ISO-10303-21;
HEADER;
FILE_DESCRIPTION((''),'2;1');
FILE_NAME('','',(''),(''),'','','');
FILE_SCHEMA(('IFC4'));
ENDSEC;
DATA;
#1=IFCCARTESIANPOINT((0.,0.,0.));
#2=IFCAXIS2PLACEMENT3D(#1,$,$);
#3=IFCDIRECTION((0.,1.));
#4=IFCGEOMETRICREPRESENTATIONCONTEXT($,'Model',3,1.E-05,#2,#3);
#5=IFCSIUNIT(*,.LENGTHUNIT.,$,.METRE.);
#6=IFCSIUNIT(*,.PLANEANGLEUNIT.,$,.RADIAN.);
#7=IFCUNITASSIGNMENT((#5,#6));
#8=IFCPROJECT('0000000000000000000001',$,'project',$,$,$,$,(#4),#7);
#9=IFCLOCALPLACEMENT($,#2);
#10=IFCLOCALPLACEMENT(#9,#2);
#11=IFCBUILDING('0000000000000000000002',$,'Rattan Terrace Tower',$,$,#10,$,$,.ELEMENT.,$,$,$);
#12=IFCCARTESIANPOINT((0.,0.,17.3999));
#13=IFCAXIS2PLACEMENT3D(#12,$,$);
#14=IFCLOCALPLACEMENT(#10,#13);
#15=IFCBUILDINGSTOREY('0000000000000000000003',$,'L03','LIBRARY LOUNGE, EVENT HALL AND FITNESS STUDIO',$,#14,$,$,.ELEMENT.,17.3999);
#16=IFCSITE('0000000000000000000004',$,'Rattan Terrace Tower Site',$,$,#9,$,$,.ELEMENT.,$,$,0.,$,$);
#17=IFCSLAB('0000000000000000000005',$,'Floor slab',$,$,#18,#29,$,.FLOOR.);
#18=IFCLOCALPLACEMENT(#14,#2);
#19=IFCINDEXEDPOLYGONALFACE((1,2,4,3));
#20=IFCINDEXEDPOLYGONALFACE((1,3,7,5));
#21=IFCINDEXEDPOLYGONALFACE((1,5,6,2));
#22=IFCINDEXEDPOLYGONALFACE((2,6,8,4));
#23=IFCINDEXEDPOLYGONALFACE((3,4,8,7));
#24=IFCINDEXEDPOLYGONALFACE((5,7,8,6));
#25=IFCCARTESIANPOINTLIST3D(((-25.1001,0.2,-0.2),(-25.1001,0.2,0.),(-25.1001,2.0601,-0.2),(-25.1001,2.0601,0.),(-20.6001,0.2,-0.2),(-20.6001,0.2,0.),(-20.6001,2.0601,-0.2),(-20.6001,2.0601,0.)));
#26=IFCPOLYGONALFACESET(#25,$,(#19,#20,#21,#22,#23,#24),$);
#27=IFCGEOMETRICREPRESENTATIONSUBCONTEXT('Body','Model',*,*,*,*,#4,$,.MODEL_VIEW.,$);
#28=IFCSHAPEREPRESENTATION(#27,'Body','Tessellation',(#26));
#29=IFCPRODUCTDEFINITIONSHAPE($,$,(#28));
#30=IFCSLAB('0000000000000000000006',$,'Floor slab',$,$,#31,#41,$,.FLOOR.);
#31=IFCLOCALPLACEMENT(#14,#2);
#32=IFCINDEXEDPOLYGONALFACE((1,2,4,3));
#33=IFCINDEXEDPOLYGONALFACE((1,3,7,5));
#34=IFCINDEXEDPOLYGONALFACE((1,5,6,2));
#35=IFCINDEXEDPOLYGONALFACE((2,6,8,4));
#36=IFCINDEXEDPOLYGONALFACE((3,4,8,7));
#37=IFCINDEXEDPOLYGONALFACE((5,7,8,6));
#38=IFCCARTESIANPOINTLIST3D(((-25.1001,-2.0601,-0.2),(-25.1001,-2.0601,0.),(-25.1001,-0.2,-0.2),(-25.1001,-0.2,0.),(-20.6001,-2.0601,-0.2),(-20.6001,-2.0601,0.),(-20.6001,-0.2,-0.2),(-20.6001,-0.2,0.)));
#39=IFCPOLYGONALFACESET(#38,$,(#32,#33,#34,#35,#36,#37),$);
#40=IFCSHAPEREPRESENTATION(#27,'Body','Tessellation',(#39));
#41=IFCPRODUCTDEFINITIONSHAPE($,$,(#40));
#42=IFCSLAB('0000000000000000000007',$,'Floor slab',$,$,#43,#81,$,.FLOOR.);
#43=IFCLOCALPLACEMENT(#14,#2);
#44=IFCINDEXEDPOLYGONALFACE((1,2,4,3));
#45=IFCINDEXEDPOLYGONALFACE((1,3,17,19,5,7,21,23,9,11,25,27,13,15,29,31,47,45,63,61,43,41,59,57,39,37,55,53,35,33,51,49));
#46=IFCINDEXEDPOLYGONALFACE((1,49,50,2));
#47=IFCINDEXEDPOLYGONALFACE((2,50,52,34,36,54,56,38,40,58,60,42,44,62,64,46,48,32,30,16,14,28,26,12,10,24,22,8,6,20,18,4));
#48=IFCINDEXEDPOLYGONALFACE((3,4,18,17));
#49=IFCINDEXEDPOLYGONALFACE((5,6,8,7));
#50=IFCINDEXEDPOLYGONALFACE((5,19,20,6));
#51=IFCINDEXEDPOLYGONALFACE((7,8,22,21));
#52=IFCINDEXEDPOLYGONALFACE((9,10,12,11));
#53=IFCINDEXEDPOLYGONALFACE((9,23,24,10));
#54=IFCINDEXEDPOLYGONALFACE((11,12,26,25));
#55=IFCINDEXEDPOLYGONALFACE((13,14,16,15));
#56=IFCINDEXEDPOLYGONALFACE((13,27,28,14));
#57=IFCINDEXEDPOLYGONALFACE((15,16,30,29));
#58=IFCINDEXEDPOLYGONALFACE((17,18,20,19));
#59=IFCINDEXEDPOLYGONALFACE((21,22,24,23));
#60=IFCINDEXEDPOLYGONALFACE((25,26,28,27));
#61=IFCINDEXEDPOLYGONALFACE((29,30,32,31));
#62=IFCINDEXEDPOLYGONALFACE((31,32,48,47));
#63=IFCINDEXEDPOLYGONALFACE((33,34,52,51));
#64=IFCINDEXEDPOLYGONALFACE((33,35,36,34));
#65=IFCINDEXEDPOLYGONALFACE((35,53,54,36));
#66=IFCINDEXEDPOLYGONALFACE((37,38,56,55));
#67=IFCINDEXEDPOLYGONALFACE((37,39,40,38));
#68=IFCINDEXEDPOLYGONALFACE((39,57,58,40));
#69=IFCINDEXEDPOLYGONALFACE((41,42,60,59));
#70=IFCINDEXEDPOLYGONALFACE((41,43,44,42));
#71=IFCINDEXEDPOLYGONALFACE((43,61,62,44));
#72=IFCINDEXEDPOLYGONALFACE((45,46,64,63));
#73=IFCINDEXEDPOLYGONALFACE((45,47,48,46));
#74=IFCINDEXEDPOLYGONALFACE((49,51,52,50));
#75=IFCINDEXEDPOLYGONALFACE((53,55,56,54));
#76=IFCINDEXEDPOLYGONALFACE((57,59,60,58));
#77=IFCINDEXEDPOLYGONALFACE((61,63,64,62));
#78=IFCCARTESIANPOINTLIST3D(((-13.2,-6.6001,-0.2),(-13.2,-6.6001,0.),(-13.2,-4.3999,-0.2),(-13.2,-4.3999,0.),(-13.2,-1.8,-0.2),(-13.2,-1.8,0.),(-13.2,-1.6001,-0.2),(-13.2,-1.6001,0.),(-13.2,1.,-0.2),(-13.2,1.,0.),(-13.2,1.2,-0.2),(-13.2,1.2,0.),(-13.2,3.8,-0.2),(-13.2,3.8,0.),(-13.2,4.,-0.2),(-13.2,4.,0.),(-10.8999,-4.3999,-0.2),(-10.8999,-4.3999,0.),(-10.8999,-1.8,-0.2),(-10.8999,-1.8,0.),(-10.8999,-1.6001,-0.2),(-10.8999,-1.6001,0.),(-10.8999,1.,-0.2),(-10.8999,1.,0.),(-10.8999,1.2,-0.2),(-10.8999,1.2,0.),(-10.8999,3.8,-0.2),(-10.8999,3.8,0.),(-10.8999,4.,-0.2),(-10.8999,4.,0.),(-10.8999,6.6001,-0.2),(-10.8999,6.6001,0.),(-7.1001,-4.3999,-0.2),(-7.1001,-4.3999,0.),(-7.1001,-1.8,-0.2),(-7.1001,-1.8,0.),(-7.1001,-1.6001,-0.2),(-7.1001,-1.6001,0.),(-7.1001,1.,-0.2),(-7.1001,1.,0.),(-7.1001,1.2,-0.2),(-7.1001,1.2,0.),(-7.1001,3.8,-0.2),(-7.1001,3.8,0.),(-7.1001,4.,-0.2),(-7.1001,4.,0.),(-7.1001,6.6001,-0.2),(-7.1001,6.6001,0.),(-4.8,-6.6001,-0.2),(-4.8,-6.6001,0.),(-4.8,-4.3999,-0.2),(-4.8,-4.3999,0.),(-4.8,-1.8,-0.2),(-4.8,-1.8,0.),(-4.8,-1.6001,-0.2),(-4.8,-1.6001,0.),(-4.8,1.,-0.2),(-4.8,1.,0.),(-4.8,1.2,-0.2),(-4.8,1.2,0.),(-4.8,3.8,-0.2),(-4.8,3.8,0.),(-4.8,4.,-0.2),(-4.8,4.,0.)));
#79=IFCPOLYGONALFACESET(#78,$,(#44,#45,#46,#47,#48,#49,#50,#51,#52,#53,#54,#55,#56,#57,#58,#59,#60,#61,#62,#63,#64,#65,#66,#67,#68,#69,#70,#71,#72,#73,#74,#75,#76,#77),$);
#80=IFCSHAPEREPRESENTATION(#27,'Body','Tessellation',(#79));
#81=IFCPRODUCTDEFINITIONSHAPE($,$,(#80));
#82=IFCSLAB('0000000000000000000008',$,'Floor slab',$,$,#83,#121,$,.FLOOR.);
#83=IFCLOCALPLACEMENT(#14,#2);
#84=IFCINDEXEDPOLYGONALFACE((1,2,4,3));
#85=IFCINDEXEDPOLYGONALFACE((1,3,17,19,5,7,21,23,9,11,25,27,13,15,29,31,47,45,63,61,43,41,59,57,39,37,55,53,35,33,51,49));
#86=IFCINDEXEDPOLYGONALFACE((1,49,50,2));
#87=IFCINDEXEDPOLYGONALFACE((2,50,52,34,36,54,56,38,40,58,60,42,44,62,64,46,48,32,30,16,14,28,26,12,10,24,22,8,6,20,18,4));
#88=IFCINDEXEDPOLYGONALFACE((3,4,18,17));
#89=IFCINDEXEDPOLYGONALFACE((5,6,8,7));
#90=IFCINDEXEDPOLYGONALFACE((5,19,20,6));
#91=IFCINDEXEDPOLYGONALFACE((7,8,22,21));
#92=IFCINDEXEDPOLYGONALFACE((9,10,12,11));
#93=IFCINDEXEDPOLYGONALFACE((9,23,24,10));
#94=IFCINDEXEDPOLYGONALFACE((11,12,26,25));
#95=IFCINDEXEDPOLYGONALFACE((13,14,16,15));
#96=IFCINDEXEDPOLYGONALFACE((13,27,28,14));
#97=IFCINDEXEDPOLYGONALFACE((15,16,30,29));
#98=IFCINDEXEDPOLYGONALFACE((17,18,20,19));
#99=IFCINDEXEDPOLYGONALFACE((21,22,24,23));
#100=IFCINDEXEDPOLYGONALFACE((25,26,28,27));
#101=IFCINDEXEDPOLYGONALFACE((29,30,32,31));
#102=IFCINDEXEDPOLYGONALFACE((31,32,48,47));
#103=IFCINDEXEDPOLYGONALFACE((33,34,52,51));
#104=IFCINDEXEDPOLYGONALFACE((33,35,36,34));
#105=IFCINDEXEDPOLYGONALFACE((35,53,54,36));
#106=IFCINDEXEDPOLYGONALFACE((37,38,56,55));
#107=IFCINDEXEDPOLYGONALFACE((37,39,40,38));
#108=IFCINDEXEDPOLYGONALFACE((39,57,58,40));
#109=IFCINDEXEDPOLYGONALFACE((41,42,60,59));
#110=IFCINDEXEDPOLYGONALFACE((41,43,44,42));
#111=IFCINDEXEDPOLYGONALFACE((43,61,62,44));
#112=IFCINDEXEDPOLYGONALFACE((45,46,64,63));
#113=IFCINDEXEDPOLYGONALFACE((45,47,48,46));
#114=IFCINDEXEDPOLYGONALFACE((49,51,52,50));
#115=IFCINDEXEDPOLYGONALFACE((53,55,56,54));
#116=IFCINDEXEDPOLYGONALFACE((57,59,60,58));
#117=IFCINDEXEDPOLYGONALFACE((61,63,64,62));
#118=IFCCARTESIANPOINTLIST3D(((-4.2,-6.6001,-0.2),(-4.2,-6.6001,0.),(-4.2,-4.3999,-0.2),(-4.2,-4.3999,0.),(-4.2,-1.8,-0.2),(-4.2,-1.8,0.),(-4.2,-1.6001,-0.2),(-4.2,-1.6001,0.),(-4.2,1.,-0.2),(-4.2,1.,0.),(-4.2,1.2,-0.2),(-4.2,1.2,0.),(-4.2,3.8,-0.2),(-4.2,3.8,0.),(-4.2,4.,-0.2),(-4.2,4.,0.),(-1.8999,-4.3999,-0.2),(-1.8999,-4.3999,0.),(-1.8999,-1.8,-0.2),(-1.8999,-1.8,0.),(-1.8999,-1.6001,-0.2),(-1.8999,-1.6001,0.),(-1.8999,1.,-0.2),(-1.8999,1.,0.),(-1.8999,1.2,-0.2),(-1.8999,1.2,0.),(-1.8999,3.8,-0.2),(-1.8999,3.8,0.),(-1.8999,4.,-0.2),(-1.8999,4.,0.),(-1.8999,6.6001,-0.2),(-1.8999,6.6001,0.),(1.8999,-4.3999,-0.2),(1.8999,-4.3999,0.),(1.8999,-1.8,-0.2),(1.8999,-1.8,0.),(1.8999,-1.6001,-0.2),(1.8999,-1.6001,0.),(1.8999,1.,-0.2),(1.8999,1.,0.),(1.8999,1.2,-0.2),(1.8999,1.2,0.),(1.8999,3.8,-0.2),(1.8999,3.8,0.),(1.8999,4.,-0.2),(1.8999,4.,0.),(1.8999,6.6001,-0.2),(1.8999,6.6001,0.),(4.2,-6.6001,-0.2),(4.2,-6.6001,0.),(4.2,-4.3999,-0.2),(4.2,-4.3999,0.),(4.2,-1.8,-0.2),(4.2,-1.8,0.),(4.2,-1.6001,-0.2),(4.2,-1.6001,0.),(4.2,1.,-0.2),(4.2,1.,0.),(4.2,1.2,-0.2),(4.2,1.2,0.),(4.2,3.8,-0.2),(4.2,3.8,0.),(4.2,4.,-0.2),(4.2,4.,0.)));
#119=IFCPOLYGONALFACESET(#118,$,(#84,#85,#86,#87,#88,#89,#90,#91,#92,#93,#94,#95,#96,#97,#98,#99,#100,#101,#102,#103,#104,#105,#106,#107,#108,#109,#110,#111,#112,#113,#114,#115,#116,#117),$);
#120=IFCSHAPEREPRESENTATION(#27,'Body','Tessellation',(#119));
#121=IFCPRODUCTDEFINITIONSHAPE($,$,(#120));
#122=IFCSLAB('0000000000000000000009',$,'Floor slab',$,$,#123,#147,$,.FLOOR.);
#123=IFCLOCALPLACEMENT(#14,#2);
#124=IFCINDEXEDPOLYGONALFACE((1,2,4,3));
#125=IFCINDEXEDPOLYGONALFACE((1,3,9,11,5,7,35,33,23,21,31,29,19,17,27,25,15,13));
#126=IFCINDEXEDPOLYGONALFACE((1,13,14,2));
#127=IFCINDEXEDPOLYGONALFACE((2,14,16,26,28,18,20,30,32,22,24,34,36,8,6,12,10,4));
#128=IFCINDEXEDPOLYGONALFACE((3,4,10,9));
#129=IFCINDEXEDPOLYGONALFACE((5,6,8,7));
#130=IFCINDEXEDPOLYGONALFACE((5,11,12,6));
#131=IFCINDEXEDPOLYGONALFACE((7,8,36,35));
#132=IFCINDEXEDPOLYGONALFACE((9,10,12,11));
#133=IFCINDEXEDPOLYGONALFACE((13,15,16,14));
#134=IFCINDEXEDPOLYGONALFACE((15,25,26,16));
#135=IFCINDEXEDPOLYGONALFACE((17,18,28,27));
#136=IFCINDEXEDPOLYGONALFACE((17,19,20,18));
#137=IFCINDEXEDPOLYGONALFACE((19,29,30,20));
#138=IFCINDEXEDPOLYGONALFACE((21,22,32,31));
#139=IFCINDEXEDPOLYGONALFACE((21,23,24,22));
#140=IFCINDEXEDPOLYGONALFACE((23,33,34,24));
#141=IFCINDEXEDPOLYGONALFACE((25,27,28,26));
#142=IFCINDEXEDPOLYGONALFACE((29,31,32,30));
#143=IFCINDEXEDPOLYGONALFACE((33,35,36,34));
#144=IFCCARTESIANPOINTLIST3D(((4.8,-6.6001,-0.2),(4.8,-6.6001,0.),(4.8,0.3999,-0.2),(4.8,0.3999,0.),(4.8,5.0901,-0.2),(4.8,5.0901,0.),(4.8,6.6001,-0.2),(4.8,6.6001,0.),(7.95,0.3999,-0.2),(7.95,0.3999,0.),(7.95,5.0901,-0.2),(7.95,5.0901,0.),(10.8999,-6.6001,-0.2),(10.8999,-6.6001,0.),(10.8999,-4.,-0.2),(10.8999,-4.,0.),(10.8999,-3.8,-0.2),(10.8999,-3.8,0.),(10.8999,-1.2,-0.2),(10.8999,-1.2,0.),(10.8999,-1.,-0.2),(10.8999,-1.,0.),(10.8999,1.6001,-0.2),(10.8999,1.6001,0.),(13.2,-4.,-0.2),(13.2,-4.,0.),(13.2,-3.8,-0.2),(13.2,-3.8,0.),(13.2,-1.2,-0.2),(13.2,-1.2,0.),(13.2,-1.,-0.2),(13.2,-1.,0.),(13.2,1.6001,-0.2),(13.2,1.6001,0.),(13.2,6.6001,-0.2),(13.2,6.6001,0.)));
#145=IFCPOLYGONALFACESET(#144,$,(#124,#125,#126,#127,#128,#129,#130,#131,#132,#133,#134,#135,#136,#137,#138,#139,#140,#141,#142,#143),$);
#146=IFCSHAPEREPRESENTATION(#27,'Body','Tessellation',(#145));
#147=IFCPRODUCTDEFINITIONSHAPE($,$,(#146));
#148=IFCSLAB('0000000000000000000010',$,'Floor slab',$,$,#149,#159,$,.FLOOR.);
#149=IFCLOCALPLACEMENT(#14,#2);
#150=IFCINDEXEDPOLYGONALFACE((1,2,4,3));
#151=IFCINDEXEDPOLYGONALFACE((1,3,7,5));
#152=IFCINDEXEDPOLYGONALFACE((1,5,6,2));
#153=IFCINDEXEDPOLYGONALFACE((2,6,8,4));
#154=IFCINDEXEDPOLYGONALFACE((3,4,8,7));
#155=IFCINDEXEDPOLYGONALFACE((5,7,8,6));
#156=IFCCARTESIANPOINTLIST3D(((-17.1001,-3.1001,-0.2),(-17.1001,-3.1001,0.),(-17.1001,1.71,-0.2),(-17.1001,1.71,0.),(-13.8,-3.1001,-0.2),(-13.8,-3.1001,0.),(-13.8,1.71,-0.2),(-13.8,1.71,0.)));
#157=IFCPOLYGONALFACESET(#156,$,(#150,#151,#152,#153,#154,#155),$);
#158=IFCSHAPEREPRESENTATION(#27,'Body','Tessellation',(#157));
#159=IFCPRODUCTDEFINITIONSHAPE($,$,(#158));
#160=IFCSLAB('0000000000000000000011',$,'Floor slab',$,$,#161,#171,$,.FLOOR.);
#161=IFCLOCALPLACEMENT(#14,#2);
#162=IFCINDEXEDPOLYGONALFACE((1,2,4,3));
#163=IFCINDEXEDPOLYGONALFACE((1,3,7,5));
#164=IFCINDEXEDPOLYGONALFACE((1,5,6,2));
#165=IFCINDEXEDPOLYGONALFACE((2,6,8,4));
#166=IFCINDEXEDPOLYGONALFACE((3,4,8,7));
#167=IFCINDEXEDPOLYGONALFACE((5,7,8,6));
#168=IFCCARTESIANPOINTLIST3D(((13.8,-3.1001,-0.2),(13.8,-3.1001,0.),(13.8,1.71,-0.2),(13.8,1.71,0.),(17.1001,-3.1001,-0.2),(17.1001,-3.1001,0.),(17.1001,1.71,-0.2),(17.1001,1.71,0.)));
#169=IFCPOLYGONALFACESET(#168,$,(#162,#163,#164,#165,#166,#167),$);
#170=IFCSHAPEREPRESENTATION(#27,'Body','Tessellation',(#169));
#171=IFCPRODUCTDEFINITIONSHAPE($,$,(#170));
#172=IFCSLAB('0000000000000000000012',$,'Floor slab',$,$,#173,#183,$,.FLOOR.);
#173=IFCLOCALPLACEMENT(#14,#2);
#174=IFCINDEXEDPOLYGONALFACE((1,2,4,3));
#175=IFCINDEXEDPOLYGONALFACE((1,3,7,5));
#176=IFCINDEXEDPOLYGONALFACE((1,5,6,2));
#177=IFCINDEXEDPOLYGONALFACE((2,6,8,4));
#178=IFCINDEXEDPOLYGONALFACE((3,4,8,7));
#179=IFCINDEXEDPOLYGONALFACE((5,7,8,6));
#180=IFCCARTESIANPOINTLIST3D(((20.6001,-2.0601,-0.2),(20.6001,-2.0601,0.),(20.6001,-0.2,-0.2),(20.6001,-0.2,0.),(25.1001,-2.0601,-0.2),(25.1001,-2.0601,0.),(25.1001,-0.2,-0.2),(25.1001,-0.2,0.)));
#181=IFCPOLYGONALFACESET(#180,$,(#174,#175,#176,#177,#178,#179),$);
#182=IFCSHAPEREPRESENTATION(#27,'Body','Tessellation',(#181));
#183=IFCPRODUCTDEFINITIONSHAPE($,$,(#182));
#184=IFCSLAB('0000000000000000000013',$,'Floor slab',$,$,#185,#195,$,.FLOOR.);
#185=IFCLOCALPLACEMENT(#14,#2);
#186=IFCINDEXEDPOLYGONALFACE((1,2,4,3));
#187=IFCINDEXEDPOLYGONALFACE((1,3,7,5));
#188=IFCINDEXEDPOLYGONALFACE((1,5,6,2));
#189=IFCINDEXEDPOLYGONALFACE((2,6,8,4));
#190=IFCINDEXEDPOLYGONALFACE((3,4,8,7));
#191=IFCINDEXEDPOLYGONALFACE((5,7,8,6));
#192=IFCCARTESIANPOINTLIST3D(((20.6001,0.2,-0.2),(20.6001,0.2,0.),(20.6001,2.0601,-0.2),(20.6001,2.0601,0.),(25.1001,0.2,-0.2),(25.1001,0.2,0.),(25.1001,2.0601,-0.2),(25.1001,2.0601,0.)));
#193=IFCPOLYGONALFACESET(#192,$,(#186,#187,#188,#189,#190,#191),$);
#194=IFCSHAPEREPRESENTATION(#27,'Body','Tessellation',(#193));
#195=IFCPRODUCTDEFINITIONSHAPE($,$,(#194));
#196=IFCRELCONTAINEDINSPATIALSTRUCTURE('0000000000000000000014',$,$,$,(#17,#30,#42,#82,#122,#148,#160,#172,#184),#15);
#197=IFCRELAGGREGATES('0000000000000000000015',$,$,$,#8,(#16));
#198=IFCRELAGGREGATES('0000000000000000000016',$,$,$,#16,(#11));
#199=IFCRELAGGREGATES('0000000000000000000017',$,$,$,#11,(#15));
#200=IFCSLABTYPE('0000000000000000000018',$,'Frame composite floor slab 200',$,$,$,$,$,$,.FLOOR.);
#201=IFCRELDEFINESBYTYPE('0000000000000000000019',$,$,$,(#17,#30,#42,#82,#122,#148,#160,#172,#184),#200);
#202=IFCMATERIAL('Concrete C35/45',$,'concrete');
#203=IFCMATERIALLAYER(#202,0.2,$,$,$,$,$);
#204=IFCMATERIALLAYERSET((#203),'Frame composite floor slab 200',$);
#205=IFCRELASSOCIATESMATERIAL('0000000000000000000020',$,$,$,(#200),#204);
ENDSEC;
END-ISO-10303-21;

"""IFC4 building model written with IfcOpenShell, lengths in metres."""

from ifc_helpers import new_model, si_unit, direction, frame, origin, place, context, subcontext, project, spatial, polyline, outline, extrude, material, layer, layer_set, type_object, element, save


model = new_model("IFC4")

# Units and contexts
model_context = context("Model", 3, precision=1e-05, world=origin(), true_north=direction((0.0, 1.0)))
body_context = subcontext(model_context, "Body", "Model", "MODEL_VIEW")
ifc_project = project(units=[si_unit("LENGTHUNIT", "METRE"), si_unit("PLANEANGLEUNIT", "RADIAN")], contexts=[model_context])

# Site, building, storey
site_placement = place(None, origin())
site = spatial("IfcSite", under=ifc_project, at=site_placement, Name="Rattan Terrace Tower Site", CompositionType="ELEMENT", RefElevation=0.0)
building_placement = place(site_placement, origin())
building = spatial("IfcBuilding", under=site, at=building_placement, Name="Rattan Terrace Tower", CompositionType="ELEMENT")
storey_placement = place(building_placement, frame((0.0, 0.0, 17.3999)))
storey = spatial("IfcBuildingStorey", under=building, at=storey_placement, Name="L03", Description="LIBRARY LOUNGE, EVENT HALL AND FITNESS STUDIO", CompositionType="ELEMENT", Elevation=17.3999)

# Slabs
ifc_material_1 = material(Name="Concrete C35/45", Category="concrete")
ifc_layer_1 = layer(ifc_material_1, 0.2)
ifc_layer_set_1 = layer_set([ifc_layer_1], Name="Frame composite floor slab 200")
slab_type_1 = type_object("IfcSlabType", Name="Frame composite floor slab 200", PredefinedType="FLOOR", material=ifc_layer_set_1)
slab_1_placement = place(storey_placement, frame((0.0, 0.0, -0.2)))
element("IfcSlab", 1, at=slab_1_placement, inside=storey, type_object=slab_type_1, Name="Floor slab", PredefinedType="FLOOR", context=body_context, shape_type="SweptSolid", body=[
    extrude(outline(polyline([(-20.6001, 0.2), (-20.6001, 2.0601), (-25.1001, 2.0601), (-25.1001, 0.2), (-20.6001, 0.2)])), origin(), (0.0, 0.0, 1.0), 0.2),
])
slab_2_placement = place(storey_placement, frame((0.0, 0.0, -0.2)))
element("IfcSlab", 2, at=slab_2_placement, inside=storey, type_object=slab_type_1, Name="Floor slab", PredefinedType="FLOOR", context=body_context, shape_type="SweptSolid", body=[
    extrude(outline(polyline([(-25.1001, -2.0601), (-20.6001, -2.0601), (-20.6001, -0.2), (-25.1001, -0.2), (-25.1001, -2.0601)])), origin(), (0.0, 0.0, 1.0), 0.2),
])
slab_3_placement = place(storey_placement, frame((0.0, 0.0, -0.2)))
element("IfcSlab", 3, at=slab_3_placement, inside=storey, type_object=slab_type_1, Name="Floor slab", PredefinedType="FLOOR", context=body_context, shape_type="SweptSolid", body=[
    extrude(outline(polyline([(-13.2, 4.0), (-13.2, 3.8), (-10.8999, 3.8), (-10.8999, 1.2), (-13.2, 1.2), (-13.2, 1.0), (-10.8999, 1.0), (-10.8999, -1.6001), (-13.2, -1.6001), (-13.2, -1.8), (-10.8999, -1.8), (-10.8999, -4.3999), (-13.2, -4.3999), (-13.2, -6.6001), (-4.8, -6.6001), (-4.8, -4.3999), (-7.1001, -4.3999), (-7.1001, -1.8), (-4.8, -1.8), (-4.8, -1.6001), (-7.1001, -1.6001), (-7.1001, 1.0), (-4.8, 1.0), (-4.8, 1.2), (-7.1001, 1.2), (-7.1001, 3.8), (-4.8, 3.8), (-4.8, 4.0), (-7.1001, 4.0), (-7.1001, 6.6001), (-10.8999, 6.6001), (-10.8999, 4.0), (-13.2, 4.0)])), origin(), (0.0, 0.0, 1.0), 0.2),
])
slab_4_placement = place(storey_placement, frame((0.0, 0.0, -0.2)))
element("IfcSlab", 4, at=slab_4_placement, inside=storey, type_object=slab_type_1, Name="Floor slab", PredefinedType="FLOOR", context=body_context, shape_type="SweptSolid", body=[
    extrude(outline(polyline([(-4.2, -6.6001), (4.2, -6.6001), (4.2, -4.3999), (1.8999, -4.3999), (1.8999, -1.8), (4.2, -1.8), (4.2, -1.6001), (1.8999, -1.6001), (1.8999, 1.0), (4.2, 1.0), (4.2, 1.2), (1.8999, 1.2), (1.8999, 3.8), (4.2, 3.8), (4.2, 4.0), (1.8999, 4.0), (1.8999, 6.6001), (-1.8999, 6.6001), (-1.8999, 4.0), (-4.2, 4.0), (-4.2, 3.8), (-1.8999, 3.8), (-1.8999, 1.2), (-4.2, 1.2), (-4.2, 1.0), (-1.8999, 1.0), (-1.8999, -1.6001), (-4.2, -1.6001), (-4.2, -1.8), (-1.8999, -1.8), (-1.8999, -4.3999), (-4.2, -4.3999), (-4.2, -6.6001)])), origin(), (0.0, 0.0, 1.0), 0.2),
])
slab_5_placement = place(storey_placement, frame((0.0, 0.0, -0.2)))
element("IfcSlab", 5, at=slab_5_placement, inside=storey, type_object=slab_type_1, Name="Floor slab", PredefinedType="FLOOR", context=body_context, shape_type="SweptSolid", body=[
    extrude(outline(polyline([(4.8, -6.6001), (10.8999, -6.6001), (10.8999, -4.0), (13.2, -4.0), (13.2, -3.8), (10.8999, -3.8), (10.8999, -1.2), (13.2, -1.2), (13.2, -1.0), (10.8999, -1.0), (10.8999, 1.6001), (13.2, 1.6001), (13.2, 6.6001), (4.8, 6.6001), (4.8, 5.0901), (7.95, 5.0901), (7.95, 0.3999), (4.8, 0.3999), (4.8, -6.6001)])), origin(), (0.0, 0.0, 1.0), 0.2),
])
slab_6_placement = place(storey_placement, frame((0.0, 0.0, -0.2)))
element("IfcSlab", 6, at=slab_6_placement, inside=storey, type_object=slab_type_1, Name="Floor slab", PredefinedType="FLOOR", context=body_context, shape_type="SweptSolid", body=[
    extrude(outline(polyline([(-17.1001, -3.1001), (-13.8, -3.1001), (-13.8, 1.71), (-17.1001, 1.71), (-17.1001, -3.1001)])), origin(), (0.0, 0.0, 1.0), 0.2),
])
slab_7_placement = place(storey_placement, frame((0.0, 0.0, -0.2)))
element("IfcSlab", 7, at=slab_7_placement, inside=storey, type_object=slab_type_1, Name="Floor slab", PredefinedType="FLOOR", context=body_context, shape_type="SweptSolid", body=[
    extrude(outline(polyline([(17.1001, -3.1001), (17.1001, 1.71), (13.8, 1.71), (13.8, -3.1001), (17.1001, -3.1001)])), origin(), (0.0, 0.0, 1.0), 0.2),
])
slab_8_placement = place(storey_placement, frame((0.0, 0.0, -0.2)))
element("IfcSlab", 8, at=slab_8_placement, inside=storey, type_object=slab_type_1, Name="Floor slab", PredefinedType="FLOOR", context=body_context, shape_type="SweptSolid", body=[
    extrude(outline(polyline([(20.6001, -0.2), (20.6001, -2.0601), (25.1001, -2.0601), (25.1001, -0.2), (20.6001, -0.2)])), origin(), (0.0, 0.0, 1.0), 0.2),
])
slab_9_placement = place(storey_placement, frame((0.0, 0.0, -0.2)))
element("IfcSlab", 9, at=slab_9_placement, inside=storey, type_object=slab_type_1, Name="Floor slab", PredefinedType="FLOOR", context=body_context, shape_type="SweptSolid", body=[
    extrude(outline(polyline([(20.6001, 0.2), (25.1001, 0.2), (25.1001, 2.0601), (20.6001, 2.0601), (20.6001, 0.2)])), origin(), (0.0, 0.0, 1.0), 0.2),
])

save(model, "model.ifc")
